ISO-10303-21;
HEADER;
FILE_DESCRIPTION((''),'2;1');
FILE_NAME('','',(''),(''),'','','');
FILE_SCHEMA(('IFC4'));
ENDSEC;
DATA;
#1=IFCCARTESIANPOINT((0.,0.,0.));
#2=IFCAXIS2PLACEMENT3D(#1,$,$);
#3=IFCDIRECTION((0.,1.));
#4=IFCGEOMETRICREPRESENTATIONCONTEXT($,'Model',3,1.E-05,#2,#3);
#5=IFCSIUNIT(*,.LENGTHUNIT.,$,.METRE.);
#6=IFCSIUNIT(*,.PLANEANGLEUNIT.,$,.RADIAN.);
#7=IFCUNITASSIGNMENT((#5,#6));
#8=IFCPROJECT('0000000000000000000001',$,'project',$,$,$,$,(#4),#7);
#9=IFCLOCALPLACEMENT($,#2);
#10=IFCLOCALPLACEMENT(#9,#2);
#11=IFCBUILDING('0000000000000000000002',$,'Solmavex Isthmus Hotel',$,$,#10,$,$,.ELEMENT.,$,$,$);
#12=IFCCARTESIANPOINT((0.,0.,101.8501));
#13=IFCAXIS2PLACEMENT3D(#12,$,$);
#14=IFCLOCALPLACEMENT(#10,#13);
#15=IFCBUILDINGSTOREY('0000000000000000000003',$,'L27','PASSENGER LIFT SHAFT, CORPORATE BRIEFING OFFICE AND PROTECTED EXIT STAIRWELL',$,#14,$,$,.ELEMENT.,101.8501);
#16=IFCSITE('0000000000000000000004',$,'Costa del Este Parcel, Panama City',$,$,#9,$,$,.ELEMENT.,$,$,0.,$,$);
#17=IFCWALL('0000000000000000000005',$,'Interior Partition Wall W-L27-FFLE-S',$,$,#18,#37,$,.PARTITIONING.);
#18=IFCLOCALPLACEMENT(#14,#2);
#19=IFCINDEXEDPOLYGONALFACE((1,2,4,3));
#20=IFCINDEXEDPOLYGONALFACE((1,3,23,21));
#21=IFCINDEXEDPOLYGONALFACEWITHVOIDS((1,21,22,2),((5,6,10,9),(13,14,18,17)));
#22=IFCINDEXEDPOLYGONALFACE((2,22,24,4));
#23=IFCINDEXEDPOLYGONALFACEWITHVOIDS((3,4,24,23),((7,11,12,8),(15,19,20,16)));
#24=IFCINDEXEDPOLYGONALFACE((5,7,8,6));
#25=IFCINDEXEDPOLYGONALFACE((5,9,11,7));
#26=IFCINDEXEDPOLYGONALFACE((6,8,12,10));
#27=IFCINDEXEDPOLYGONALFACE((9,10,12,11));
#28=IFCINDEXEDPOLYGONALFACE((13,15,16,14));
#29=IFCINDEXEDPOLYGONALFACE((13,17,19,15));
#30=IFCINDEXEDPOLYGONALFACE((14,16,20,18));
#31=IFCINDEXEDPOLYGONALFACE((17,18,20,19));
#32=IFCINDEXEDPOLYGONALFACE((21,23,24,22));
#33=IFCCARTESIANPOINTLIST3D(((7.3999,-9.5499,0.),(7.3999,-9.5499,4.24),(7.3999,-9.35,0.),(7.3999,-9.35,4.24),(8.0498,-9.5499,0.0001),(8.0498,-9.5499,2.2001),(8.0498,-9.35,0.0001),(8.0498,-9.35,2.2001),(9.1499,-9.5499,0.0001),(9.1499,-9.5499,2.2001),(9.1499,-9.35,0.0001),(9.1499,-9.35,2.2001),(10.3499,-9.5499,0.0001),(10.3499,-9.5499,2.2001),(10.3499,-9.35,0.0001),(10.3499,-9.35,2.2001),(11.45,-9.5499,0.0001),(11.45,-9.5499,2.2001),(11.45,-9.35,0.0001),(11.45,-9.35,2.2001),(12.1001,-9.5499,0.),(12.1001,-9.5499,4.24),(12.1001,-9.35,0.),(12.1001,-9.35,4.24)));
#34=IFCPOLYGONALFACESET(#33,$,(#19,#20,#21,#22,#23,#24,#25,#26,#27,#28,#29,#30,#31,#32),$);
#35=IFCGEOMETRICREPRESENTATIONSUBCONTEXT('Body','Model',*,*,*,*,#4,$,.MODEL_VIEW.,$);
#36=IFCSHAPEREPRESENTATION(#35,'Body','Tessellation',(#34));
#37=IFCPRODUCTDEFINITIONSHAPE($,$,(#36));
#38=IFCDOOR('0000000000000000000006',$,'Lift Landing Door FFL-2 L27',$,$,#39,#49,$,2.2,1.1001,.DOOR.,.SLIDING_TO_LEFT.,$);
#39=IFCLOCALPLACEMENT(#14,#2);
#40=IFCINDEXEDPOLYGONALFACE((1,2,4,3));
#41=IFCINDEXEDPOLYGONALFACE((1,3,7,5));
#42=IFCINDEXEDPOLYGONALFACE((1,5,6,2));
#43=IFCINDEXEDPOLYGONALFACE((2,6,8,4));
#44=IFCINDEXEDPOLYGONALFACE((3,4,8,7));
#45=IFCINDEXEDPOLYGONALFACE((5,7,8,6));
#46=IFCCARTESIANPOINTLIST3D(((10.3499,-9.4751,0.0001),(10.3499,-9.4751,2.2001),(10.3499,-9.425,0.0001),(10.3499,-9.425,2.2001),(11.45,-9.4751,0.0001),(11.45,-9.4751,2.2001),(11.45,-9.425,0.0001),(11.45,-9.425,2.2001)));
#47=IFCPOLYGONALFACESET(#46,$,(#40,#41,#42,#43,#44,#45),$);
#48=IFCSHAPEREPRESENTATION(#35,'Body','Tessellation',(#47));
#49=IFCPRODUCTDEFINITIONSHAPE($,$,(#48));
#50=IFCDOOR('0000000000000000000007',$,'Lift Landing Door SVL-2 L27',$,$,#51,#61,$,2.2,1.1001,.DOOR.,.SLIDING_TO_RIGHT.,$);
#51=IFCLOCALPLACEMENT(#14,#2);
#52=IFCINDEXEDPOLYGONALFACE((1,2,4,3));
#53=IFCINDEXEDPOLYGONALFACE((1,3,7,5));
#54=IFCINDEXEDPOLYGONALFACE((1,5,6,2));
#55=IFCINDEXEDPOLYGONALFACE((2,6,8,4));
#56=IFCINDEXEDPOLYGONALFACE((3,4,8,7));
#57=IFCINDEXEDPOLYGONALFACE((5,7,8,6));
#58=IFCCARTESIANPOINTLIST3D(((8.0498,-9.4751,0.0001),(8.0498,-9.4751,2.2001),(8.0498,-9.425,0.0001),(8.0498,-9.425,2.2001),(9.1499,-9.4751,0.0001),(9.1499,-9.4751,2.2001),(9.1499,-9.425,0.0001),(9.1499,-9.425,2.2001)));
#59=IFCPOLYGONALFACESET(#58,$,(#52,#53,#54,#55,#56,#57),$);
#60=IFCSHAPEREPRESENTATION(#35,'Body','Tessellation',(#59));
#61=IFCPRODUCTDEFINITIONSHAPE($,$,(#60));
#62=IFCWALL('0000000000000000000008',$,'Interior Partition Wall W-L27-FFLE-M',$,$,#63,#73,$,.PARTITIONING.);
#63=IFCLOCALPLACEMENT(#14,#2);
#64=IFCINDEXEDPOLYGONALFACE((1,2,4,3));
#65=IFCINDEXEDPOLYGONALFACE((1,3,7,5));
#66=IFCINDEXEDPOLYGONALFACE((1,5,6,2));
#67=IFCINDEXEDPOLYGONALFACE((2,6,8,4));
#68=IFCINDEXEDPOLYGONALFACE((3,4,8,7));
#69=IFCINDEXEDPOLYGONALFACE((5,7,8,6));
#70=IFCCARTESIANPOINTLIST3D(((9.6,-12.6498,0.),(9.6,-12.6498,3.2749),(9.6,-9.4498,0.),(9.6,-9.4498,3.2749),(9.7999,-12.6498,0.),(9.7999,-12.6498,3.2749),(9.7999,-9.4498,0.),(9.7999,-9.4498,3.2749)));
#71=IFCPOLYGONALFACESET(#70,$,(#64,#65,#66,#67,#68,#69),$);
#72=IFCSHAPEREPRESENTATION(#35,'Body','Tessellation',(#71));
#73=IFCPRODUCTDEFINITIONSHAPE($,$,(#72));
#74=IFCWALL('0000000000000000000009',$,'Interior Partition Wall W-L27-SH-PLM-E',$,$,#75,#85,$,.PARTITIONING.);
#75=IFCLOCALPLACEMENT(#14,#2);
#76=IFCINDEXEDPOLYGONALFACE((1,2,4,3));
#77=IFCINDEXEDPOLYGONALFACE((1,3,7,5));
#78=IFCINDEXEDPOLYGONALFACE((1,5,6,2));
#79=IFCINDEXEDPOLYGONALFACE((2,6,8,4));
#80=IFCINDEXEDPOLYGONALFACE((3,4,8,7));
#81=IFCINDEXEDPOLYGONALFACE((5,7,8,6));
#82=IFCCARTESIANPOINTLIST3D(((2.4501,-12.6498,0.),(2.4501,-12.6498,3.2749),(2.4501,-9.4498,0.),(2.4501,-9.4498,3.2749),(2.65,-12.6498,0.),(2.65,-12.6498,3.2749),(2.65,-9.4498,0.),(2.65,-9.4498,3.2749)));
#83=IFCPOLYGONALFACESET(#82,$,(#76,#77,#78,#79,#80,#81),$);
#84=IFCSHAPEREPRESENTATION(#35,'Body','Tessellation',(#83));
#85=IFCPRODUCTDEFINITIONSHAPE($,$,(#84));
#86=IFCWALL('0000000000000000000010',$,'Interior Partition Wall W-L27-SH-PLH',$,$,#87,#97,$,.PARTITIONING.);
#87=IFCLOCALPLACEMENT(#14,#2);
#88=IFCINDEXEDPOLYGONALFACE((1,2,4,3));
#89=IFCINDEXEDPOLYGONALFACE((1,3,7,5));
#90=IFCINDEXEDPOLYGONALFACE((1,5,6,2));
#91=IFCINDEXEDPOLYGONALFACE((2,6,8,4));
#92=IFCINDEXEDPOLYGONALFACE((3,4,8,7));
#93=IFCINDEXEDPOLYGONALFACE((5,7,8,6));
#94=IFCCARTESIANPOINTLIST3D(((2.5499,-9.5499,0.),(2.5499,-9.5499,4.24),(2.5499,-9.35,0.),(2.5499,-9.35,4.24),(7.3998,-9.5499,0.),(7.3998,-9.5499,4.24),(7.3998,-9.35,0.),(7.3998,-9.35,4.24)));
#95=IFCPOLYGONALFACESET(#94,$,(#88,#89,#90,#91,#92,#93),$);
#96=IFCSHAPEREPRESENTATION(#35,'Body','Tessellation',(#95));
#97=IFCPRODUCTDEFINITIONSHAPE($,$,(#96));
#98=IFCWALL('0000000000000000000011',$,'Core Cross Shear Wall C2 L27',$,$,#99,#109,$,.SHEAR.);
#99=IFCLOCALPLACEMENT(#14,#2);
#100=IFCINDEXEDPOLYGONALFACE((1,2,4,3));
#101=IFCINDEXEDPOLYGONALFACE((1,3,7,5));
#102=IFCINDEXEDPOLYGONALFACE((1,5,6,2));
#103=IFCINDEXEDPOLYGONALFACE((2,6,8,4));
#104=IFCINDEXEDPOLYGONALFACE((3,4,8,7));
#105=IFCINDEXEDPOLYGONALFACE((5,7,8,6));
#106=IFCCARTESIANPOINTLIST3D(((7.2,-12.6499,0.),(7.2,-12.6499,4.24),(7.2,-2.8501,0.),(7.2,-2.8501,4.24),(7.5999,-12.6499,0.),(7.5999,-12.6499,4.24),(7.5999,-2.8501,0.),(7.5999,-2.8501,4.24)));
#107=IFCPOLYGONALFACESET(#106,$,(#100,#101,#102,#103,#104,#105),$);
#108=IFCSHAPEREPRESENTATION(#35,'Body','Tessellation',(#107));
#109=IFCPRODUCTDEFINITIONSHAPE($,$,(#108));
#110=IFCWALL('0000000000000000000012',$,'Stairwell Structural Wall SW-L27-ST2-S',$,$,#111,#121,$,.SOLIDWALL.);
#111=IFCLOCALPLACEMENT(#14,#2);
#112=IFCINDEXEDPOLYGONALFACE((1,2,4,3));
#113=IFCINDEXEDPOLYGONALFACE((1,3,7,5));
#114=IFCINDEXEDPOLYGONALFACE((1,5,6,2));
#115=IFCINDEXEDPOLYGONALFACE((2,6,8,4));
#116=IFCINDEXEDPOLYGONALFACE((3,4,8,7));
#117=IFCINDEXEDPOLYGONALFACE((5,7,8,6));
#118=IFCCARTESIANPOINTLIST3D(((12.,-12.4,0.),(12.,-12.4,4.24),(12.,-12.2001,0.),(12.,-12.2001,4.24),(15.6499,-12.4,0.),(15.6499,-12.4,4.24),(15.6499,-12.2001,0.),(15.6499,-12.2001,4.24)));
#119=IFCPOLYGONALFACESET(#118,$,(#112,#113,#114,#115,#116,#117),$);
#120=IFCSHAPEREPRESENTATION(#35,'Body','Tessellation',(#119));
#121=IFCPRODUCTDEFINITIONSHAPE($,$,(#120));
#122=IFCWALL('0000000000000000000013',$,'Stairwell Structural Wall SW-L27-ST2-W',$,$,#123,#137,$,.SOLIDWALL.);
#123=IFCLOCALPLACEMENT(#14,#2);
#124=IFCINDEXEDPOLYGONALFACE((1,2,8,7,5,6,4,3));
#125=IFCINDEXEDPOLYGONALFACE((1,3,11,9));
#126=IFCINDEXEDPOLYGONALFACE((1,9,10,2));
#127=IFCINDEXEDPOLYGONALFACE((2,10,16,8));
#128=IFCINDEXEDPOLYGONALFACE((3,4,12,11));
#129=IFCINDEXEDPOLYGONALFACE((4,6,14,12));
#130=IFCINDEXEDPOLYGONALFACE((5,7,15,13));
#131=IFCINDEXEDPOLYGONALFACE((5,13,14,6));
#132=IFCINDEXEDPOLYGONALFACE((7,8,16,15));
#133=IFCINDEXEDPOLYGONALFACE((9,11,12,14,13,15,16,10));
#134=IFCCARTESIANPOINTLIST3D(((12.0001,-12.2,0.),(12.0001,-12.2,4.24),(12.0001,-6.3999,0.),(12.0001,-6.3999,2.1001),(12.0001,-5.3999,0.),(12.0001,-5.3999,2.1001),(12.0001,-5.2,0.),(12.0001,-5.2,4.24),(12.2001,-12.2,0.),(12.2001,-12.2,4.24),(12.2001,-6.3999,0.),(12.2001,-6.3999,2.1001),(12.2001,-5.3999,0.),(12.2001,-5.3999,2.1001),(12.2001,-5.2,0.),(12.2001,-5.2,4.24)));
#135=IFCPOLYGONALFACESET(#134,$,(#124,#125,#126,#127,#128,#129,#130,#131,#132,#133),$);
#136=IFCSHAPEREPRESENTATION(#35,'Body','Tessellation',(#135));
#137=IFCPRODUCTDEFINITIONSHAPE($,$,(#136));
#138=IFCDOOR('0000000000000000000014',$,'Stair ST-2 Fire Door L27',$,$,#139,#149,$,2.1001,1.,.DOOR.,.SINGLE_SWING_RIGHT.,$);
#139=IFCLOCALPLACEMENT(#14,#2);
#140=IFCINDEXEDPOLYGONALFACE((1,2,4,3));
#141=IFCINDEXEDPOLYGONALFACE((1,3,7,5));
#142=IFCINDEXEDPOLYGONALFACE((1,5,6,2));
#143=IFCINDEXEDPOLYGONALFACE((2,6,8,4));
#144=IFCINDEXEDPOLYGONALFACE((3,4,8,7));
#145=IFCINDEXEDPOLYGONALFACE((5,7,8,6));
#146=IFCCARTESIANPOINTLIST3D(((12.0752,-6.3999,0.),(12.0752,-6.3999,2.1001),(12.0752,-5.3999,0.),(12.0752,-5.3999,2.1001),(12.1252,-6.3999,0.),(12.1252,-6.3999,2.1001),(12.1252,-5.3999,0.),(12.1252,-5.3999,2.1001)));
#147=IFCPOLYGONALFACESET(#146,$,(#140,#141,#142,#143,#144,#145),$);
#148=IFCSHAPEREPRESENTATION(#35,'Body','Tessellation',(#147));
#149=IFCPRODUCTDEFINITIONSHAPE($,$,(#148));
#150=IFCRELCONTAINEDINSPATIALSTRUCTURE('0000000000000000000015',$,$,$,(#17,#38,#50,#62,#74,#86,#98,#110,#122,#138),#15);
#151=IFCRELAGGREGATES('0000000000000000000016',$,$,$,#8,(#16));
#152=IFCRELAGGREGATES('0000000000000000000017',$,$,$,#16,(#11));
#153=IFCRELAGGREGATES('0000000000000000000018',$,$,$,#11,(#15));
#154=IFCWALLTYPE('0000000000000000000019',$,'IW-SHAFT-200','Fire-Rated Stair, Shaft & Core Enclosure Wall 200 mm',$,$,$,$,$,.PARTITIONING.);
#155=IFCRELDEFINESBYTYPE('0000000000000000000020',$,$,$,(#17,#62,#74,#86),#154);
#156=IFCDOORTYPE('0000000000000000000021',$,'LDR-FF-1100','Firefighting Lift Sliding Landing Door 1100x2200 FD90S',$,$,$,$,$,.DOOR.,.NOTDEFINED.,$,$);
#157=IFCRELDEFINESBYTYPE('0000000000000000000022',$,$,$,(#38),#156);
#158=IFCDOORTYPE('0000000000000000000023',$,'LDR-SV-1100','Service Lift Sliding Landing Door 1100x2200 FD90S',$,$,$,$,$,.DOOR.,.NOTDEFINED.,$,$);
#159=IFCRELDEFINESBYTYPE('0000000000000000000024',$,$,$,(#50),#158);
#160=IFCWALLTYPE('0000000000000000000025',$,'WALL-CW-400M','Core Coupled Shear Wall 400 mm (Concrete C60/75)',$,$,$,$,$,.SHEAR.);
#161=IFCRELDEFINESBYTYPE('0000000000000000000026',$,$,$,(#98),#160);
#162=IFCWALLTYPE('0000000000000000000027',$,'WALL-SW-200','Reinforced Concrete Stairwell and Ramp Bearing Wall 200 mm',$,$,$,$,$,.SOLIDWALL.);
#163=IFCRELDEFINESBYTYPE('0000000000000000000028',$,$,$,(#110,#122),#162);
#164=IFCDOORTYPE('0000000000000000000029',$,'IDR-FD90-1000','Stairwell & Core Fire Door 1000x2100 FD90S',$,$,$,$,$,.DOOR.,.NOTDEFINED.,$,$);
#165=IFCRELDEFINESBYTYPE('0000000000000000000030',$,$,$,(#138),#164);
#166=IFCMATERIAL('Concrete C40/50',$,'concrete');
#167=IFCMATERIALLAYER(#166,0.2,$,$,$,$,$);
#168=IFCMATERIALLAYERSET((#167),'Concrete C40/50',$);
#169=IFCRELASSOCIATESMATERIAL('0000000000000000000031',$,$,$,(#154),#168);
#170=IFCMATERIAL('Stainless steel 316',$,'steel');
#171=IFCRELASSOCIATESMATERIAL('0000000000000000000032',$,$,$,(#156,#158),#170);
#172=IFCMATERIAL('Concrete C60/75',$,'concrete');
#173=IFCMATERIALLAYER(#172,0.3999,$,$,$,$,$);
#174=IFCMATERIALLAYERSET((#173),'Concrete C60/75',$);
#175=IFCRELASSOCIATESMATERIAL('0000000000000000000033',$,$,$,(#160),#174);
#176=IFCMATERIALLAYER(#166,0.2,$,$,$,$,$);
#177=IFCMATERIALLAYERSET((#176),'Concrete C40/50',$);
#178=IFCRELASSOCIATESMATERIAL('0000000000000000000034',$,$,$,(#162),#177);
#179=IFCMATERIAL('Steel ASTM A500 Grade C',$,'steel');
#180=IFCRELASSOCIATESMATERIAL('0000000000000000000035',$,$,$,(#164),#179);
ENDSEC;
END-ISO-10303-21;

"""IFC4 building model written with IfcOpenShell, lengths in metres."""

from ifc_helpers import new_model, si_unit, direction, frame, frame_2d, origin, place, context, subcontext, project, spatial, rectangle, extrude, material, layer, layer_set, type_object, element, fill, save


model = new_model("IFC4")

# Units and contexts
model_context = context("Model", 3, precision=1e-05, world=origin(), true_north=direction((0.0, 1.0)))
body_context = subcontext(model_context, "Body", "Model", "MODEL_VIEW")
ifc_project = project(units=[si_unit("LENGTHUNIT", "METRE"), si_unit("PLANEANGLEUNIT", "RADIAN")], contexts=[model_context])

# Site, building, storey
site_placement = place(None, origin())
site = spatial("IfcSite", under=ifc_project, at=site_placement, Name="Costa del Este Parcel, Panama City", CompositionType="ELEMENT", RefElevation=0.0)
building_placement = place(site_placement, origin())
building = spatial("IfcBuilding", under=site, at=building_placement, Name="Solmavex Isthmus Hotel", CompositionType="ELEMENT")
storey_placement = place(building_placement, frame((0.0, 0.0, 101.8501)))
storey = spatial("IfcBuildingStorey", under=building, at=storey_placement, Name="L27", Description="PASSENGER LIFT SHAFT, CORPORATE BRIEFING OFFICE AND PROTECTED EXIT STAIRWELL", CompositionType="ELEMENT", Elevation=101.8501)

# Shared definitions
ifc_material_1 = material(Name="Concrete C60/75", Category="concrete")

# Shared definitions
ifc_material_2 = material(Name="Steel ASTM A500 Grade C", Category="steel")

# Shared definitions
ifc_material_3 = material(Name="Concrete C40/50", Category="concrete")

# Wall, openings, doors
ifc_layer_1 = layer(ifc_material_3, 0.2)
ifc_layer_set_1 = layer_set([ifc_layer_1], Name="Concrete C40/50")
wall_type_1 = type_object("IfcWallType", Name="IW-SHAFT-200", Description="Fire-Rated Stair, Shaft & Core Enclosure Wall 200 mm", PredefinedType="PARTITIONING", material=ifc_layer_set_1)
wall_1_placement = place(storey_placement, frame((7.3999, -9.45, 0.0), z_axis=(0.0, 0.0, 1.0), x_axis=(1.0, 0.0, 0.0)))
wall_1 = element("IfcWall", 1, at=wall_1_placement, inside=storey, type_object=wall_type_1, Name="Interior Partition Wall W-L27-FFLE-S", PredefinedType="PARTITIONING", context=body_context, shape_type="SweptSolid", body=[
    extrude(rectangle(XDim=4.7002, YDim=0.2, at=frame_2d((2.3501, 0.0))), origin(), (0.0, 0.0, 1.0), 4.24),
])
opening_1_placement = place(wall_1_placement, frame((2.95, 0.0, 0.0)))
opening_1 = element("IfcOpeningElement", 2, at=opening_1_placement, cuts=wall_1, PredefinedType="OPENING", context=body_context, shape_type="SweptSolid", body=[
    extrude(rectangle(XDim=1.1001, YDim=2.2, at=frame_2d((0.55, 1.1001))), frame((0.0, 0.1099, 0.0), z_axis=(0.0, -1.0, 0.0), x_axis=(1.0, 0.0, 0.0)), (0.0, 0.0, 1.0), 0.22),
])
opening_2_placement = place(wall_1_placement, frame((0.6499, 0.0, 0.0)))
opening_2 = element("IfcOpeningElement", 3, at=opening_2_placement, cuts=wall_1, PredefinedType="OPENING", context=body_context, shape_type="SweptSolid", body=[
    extrude(rectangle(XDim=1.1001, YDim=2.2, at=frame_2d((0.55, 1.1001))), frame((0.0, 0.1099, 0.0), z_axis=(0.0, -1.0, 0.0), x_axis=(1.0, 0.0, 0.0)), (0.0, 0.0, 1.0), 0.22),
])
ifc_material_4 = material(Name="Stainless steel 316", Category="steel")
door_type_1 = type_object("IfcDoorType", Name="LDR-FF-1100", Description="Firefighting Lift Sliding Landing Door 1100x2200 FD90S", OperationType="NOTDEFINED", PredefinedType="DOOR", material=ifc_material_4)
door_1_placement = place(opening_1_placement, origin())
door_1 = element("IfcDoor", 4, at=door_1_placement, inside=storey, type_object=door_type_1, Name="Lift Landing Door FFL-2 L27", OperationType="SLIDING_TO_LEFT", OverallHeight=2.2, OverallWidth=1.1001, PredefinedType="DOOR", context=body_context, shape_type="SweptSolid", body=[
    extrude(rectangle(XDim=1.1001, YDim=2.2, at=frame_2d((0.55, 1.1001))), frame((0.0, 0.0249, 0.0), z_axis=(0.0, -1.0, 0.0), x_axis=(1.0, 0.0, 0.0)), (0.0, 0.0, 1.0), 0.05),
])
fill(opening_1, door_1)
door_type_2 = type_object("IfcDoorType", Name="LDR-SV-1100", Description="Service Lift Sliding Landing Door 1100x2200 FD90S", OperationType="NOTDEFINED", PredefinedType="DOOR", material=ifc_material_4)
door_2_placement = place(opening_2_placement, origin())
door_2 = element("IfcDoor", 5, at=door_2_placement, inside=storey, type_object=door_type_2, Name="Lift Landing Door SVL-2 L27", OperationType="SLIDING_TO_RIGHT", OverallHeight=2.2, OverallWidth=1.1001, PredefinedType="DOOR", context=body_context, shape_type="SweptSolid", body=[
    extrude(rectangle(XDim=1.1001, YDim=2.2, at=frame_2d((0.55, 1.1001))), frame((0.0, 0.0249, 0.0), z_axis=(0.0, -1.0, 0.0), x_axis=(1.0, 0.0, 0.0)), (0.0, 0.0, 1.0), 0.05),
])
fill(opening_2, door_2)

# Walls
for number, where, z_axis, x_axis, name in (
    (6, (9.7, -12.6499, 0.0), (0.0, 0.0, 1.0), (0.0, 1.0, 0.0), "Interior Partition Wall W-L27-FFLE-M"),
    (7, (2.55, -12.6499, 0.0), (0.0, 0.0, 1.0), (0.0, 1.0, 0.0), "Interior Partition Wall W-L27-SH-PLM-E"),
):
    element("IfcWall", number, at=place(storey_placement, frame(where, z_axis=z_axis, x_axis=x_axis)), inside=storey, type_object=wall_type_1, Name=name, PredefinedType="PARTITIONING", context=body_context, shape_type="SweptSolid", body=[
        extrude(rectangle(XDim=3.2, YDim=0.2, at=frame_2d((1.6001, 0.0))), origin(), (0.0, 0.0, 1.0), 3.2749),
    ])
wall_2_placement = place(storey_placement, frame((2.55, -9.45, 0.0), z_axis=(0.0, 0.0, 1.0), x_axis=(1.0, 0.0, 0.0)))
element("IfcWall", 8, at=wall_2_placement, inside=storey, type_object=wall_type_1, Name="Interior Partition Wall W-L27-SH-PLH", PredefinedType="PARTITIONING", context=body_context, shape_type="SweptSolid", body=[
    extrude(rectangle(XDim=4.8499, YDim=0.2, at=frame_2d((2.4248, 0.0))), origin(), (0.0, 0.0, 1.0), 4.24),
])
ifc_layer_2 = layer(ifc_material_1, 0.3999)
ifc_layer_set_2 = layer_set([ifc_layer_2], Name="Concrete C60/75")
wall_type_2 = type_object("IfcWallType", Name="WALL-CW-400M", Description="Core Coupled Shear Wall 400 mm (Concrete C60/75)", PredefinedType="SHEAR", material=ifc_layer_set_2)
wall_3_placement = place(storey_placement, frame((7.3999, -12.6499, 0.0), z_axis=(0.0, 0.0, 1.0), x_axis=(0.0, 1.0, 0.0)))
element("IfcWall", 9, at=wall_3_placement, inside=storey, type_object=wall_type_2, Name="Core Cross Shear Wall C2 L27", PredefinedType="SHEAR", context=body_context, shape_type="SweptSolid", body=[
    extrude(rectangle(XDim=9.7998, YDim=0.3999, at=frame_2d((4.8999, 0.0))), origin(), (0.0, 0.0, 1.0), 4.24),
])
ifc_layer_3 = layer(ifc_material_3, 0.2)
ifc_layer_set_3 = layer_set([ifc_layer_3], Name="Concrete C40/50")
wall_type_3 = type_object("IfcWallType", Name="WALL-SW-200", Description="Reinforced Concrete Stairwell and Ramp Bearing Wall 200 mm", PredefinedType="SOLIDWALL", material=ifc_layer_set_3)
wall_4_placement = place(storey_placement, frame((12.0, -12.3, 0.0), z_axis=(0.0, 0.0, 1.0), x_axis=(1.0, 0.0, 0.0)))
element("IfcWall", 10, at=wall_4_placement, inside=storey, type_object=wall_type_3, Name="Stairwell Structural Wall SW-L27-ST2-S", PredefinedType="SOLIDWALL", context=body_context, shape_type="SweptSolid", body=[
    extrude(rectangle(XDim=3.6499, YDim=0.2, at=frame_2d((1.825, 0.0))), origin(), (0.0, 0.0, 1.0), 4.24),
])

# Wall, opening, door
wall_5_placement = place(storey_placement, frame((12.1001, -12.2, 0.0), z_axis=(0.0, 0.0, 1.0), x_axis=(0.0, 1.0, 0.0)))
wall_5 = element("IfcWall", 11, at=wall_5_placement, inside=storey, type_object=wall_type_3, Name="Stairwell Structural Wall SW-L27-ST2-W", PredefinedType="SOLIDWALL", context=body_context, shape_type="SweptSolid", body=[
    extrude(rectangle(XDim=7.0, YDim=0.2, at=frame_2d((3.5, 0.0))), origin(), (0.0, 0.0, 1.0), 4.24),
])
opening_3_placement = place(wall_5_placement, frame((5.8, 0.0, 0.0)))
opening_3 = element("IfcOpeningElement", 12, at=opening_3_placement, cuts=wall_5, PredefinedType="OPENING", context=body_context, shape_type="SweptSolid", body=[
    extrude(rectangle(XDim=1.0, YDim=2.1001, at=frame_2d((0.5, 1.05))), frame((0.0, 0.1099, 0.0), z_axis=(0.0, -1.0, 0.0), x_axis=(1.0, 0.0, 0.0)), (0.0, 0.0, 1.0), 0.22),
])
door_type_3 = type_object("IfcDoorType", Name="IDR-FD90-1000", Description="Stairwell & Core Fire Door 1000x2100 FD90S", OperationType="NOTDEFINED", PredefinedType="DOOR", material=ifc_material_2)
door_3_placement = place(opening_3_placement, origin())
door_3 = element("IfcDoor", 13, at=door_3_placement, inside=storey, type_object=door_type_3, Name="Stair ST-2 Fire Door L27", OperationType="SINGLE_SWING_RIGHT", OverallHeight=2.1001, OverallWidth=1.0, PredefinedType="DOOR", context=body_context, shape_type="SweptSolid", body=[
    extrude(rectangle(XDim=1.0, YDim=2.1001, at=frame_2d((0.5, 1.05))), frame((0.0, 0.0249, 0.0), z_axis=(0.0, -1.0, 0.0), x_axis=(1.0, 0.0, 0.0)), (0.0, 0.0, 1.0), 0.05),
])
fill(opening_3, door_3)

save(model, "model.ifc")
